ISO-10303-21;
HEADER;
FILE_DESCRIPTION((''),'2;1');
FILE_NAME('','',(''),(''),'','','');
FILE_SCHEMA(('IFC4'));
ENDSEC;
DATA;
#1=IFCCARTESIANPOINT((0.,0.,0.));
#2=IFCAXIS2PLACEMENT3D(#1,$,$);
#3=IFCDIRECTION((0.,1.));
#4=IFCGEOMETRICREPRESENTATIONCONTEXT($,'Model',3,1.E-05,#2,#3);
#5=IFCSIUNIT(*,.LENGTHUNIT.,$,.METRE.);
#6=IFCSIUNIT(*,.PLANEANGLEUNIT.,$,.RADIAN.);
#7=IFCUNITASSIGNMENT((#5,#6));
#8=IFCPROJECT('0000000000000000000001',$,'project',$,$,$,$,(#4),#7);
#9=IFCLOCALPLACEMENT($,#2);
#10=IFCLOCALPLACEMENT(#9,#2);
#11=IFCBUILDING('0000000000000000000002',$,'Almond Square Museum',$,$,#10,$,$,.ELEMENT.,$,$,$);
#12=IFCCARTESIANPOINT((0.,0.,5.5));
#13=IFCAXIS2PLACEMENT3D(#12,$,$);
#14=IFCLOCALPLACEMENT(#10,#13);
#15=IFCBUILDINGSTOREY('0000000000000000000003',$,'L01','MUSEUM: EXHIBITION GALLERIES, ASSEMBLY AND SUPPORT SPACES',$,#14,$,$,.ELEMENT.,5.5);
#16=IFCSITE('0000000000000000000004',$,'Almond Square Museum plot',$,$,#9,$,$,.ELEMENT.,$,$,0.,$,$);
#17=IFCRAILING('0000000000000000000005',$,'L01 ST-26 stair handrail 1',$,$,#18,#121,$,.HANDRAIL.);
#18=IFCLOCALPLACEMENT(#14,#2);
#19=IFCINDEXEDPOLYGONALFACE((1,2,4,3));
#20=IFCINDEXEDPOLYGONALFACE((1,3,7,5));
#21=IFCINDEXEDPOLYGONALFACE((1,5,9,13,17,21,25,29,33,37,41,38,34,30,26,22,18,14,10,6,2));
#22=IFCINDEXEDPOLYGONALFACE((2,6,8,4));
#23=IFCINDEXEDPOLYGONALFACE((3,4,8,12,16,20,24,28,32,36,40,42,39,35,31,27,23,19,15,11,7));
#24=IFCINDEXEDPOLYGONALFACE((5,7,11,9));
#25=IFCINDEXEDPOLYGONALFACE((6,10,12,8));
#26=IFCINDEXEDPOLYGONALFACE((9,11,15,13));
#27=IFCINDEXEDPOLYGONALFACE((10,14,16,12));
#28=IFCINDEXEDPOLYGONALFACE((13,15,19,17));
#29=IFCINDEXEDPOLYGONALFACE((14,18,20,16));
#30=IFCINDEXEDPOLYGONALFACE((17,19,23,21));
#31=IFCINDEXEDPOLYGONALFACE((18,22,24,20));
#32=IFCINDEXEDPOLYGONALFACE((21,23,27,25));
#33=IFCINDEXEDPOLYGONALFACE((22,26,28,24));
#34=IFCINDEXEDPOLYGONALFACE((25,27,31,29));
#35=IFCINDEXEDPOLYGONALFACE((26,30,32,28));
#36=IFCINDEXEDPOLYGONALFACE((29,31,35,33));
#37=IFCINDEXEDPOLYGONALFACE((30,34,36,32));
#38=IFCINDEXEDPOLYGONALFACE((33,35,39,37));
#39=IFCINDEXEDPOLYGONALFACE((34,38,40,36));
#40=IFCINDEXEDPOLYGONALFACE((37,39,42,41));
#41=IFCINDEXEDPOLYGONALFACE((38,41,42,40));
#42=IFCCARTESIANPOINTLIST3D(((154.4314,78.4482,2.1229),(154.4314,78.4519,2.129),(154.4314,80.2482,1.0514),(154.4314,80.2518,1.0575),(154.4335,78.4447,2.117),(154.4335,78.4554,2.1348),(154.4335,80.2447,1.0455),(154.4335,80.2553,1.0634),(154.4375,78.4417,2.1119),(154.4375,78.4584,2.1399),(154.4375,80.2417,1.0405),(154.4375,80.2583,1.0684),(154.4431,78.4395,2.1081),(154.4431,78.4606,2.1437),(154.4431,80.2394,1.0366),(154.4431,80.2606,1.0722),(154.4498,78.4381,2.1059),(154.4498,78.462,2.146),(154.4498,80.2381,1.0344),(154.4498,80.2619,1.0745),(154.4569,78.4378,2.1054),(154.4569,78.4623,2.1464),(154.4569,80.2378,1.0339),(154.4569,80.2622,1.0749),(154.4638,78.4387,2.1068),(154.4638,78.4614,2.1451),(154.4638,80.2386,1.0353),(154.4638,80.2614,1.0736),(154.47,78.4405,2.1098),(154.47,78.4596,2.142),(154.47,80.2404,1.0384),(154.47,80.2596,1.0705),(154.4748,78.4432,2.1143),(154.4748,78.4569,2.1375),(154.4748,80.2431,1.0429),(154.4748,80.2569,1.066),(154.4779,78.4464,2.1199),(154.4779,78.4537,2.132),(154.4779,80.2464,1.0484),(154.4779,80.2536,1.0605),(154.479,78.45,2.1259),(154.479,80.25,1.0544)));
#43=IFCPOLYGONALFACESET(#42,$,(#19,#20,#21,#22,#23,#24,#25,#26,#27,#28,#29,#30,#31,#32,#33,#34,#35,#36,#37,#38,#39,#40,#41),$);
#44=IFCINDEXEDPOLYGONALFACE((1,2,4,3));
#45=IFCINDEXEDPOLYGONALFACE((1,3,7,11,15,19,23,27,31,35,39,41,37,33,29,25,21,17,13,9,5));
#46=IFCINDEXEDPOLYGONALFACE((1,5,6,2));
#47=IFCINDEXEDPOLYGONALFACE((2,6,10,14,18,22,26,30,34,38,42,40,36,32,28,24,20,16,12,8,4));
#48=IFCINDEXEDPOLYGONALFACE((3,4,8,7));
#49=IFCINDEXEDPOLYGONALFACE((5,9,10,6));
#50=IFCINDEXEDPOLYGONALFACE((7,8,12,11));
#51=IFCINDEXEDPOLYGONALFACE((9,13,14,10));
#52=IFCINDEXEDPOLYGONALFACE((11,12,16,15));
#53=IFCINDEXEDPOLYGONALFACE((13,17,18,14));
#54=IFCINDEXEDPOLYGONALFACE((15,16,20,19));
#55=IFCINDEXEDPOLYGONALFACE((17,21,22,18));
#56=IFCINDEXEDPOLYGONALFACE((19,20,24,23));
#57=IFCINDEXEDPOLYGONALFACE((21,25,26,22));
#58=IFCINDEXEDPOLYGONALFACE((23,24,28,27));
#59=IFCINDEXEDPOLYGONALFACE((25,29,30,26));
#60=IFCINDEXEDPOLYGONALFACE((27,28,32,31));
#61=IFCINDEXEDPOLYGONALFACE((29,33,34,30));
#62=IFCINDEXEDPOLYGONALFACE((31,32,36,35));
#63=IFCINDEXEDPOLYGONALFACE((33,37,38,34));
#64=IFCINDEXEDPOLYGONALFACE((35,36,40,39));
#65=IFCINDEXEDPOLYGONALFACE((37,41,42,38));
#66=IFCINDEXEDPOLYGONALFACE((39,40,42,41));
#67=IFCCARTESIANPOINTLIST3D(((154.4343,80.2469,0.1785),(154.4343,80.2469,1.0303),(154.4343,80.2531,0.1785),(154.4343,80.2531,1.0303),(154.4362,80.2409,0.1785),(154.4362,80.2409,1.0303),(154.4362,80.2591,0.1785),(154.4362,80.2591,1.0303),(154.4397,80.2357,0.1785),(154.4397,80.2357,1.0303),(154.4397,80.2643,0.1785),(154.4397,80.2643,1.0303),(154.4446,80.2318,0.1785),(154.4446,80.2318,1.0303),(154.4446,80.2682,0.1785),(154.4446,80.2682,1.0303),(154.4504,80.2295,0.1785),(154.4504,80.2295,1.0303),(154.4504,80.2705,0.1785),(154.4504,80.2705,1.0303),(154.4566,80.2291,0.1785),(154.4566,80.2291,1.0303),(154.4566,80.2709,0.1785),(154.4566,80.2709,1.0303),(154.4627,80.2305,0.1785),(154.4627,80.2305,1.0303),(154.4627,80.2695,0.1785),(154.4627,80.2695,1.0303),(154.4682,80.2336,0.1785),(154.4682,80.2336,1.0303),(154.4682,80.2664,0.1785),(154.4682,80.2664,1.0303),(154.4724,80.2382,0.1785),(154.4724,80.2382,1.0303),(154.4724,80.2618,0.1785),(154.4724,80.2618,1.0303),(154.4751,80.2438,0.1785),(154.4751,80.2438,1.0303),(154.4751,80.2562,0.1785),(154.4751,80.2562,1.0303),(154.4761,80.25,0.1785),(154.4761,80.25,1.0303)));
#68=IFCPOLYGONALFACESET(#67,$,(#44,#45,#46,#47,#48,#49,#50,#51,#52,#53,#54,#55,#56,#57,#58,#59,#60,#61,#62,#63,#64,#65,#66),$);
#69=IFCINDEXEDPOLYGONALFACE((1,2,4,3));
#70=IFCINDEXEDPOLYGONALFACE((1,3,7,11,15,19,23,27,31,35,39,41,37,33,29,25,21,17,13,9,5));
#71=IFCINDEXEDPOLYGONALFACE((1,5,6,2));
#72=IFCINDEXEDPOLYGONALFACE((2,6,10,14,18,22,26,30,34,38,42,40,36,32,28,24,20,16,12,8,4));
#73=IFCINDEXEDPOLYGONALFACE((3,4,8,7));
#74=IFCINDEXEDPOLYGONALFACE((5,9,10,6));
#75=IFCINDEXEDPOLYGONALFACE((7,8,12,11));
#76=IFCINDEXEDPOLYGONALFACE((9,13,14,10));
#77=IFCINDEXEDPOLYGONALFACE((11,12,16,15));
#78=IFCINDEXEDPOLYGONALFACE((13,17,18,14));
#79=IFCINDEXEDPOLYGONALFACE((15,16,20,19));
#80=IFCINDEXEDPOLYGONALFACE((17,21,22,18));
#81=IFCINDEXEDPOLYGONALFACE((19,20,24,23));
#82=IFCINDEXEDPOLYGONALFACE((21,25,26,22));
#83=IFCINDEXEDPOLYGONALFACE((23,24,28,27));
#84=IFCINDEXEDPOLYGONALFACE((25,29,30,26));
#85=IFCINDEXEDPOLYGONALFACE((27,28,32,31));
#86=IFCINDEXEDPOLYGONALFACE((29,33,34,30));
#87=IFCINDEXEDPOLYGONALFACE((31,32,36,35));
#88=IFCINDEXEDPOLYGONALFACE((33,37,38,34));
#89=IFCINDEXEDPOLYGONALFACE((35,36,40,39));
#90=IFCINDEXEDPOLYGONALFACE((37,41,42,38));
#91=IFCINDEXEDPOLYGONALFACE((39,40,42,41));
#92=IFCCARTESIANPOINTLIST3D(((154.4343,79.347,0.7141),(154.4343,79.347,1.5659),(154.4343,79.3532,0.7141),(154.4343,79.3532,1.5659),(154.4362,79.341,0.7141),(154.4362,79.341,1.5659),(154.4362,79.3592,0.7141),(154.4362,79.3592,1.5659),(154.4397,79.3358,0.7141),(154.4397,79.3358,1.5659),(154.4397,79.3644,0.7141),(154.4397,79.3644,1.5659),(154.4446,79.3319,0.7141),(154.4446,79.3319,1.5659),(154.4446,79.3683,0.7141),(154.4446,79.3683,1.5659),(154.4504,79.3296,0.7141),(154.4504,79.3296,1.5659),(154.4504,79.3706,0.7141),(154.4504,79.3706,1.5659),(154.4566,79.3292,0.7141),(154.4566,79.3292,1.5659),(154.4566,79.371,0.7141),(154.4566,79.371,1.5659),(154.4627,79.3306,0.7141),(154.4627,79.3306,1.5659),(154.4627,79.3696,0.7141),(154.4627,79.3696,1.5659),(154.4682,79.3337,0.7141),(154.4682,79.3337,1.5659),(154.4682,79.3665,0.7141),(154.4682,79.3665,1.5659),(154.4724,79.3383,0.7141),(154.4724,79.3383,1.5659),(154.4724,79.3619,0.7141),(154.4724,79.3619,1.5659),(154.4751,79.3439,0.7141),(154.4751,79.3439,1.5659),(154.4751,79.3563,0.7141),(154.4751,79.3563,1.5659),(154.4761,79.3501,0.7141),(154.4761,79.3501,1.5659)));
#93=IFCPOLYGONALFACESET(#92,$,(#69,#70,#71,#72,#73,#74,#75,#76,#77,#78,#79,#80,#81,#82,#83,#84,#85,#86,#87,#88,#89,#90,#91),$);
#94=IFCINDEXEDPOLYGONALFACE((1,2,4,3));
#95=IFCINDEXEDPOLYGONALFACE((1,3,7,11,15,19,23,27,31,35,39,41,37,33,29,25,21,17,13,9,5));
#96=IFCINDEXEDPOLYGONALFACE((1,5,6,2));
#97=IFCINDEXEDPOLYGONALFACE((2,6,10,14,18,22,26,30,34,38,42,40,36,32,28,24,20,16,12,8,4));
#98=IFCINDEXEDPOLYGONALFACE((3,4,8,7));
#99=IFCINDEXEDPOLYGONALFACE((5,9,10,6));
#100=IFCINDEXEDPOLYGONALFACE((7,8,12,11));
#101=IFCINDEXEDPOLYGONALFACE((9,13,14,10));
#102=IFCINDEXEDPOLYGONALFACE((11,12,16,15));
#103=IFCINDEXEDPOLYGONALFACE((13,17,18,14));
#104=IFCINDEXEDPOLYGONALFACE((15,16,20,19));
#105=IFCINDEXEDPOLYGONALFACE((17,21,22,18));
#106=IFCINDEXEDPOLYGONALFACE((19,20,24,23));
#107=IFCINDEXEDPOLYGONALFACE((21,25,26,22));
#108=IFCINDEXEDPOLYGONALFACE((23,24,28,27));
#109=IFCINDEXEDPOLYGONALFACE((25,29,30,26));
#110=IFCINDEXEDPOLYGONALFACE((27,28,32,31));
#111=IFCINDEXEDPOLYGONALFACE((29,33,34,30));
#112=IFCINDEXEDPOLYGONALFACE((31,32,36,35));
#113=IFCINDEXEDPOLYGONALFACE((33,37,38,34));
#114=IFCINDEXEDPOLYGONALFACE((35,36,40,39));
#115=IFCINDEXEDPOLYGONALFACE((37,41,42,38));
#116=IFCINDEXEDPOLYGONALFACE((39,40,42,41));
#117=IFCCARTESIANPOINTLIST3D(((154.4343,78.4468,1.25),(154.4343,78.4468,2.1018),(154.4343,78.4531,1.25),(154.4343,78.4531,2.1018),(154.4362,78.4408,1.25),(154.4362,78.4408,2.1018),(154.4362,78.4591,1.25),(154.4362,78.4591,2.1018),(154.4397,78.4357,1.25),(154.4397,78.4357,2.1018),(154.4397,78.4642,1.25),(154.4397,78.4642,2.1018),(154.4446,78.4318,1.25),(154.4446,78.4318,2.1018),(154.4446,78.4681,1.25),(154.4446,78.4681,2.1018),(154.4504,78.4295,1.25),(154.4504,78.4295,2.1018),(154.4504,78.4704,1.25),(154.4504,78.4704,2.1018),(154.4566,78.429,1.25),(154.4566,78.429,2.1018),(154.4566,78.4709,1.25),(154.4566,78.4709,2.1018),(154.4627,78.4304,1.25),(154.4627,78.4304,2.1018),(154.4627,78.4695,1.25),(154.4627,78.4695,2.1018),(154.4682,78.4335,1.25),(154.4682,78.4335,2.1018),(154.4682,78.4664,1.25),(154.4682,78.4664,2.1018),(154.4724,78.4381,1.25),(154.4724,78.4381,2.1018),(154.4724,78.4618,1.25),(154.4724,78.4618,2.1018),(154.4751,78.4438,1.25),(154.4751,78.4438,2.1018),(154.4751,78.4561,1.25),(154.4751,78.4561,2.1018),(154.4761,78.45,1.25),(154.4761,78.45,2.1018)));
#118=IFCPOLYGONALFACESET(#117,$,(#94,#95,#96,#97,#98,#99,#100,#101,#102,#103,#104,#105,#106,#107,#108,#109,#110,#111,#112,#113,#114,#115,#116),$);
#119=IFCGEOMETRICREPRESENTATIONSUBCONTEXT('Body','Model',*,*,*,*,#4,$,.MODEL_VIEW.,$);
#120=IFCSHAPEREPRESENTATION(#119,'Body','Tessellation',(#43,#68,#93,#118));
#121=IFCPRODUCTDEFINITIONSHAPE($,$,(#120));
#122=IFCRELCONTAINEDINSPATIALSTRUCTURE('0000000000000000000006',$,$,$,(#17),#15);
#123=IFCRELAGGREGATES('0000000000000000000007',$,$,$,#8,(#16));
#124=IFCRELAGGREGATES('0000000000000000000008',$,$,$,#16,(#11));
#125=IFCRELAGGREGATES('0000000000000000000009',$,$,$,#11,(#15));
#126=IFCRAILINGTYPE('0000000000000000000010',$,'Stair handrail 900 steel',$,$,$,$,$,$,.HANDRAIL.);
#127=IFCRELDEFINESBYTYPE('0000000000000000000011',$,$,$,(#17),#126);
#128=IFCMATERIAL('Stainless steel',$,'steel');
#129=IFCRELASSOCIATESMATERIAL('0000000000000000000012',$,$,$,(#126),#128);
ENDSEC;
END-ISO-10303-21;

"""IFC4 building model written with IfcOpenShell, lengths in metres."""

from ifc_helpers import new_model, si_unit, direction, frame, origin, origin_2d, place, context, subcontext, project, spatial, circle, extrude, material, type_object, element, save


model = new_model("IFC4")

# Units and contexts
model_context = context("Model", 3, precision=1e-05, world=origin(), true_north=direction((0.0, 1.0)))
body_context = subcontext(model_context, "Body", "Model", "MODEL_VIEW")
ifc_project = project(units=[si_unit("LENGTHUNIT", "METRE"), si_unit("PLANEANGLEUNIT", "RADIAN")], contexts=[model_context])

# Site, building, storey
site_placement = place(None, origin())
site = spatial("IfcSite", under=ifc_project, at=site_placement, Name="Almond Square Museum plot", CompositionType="ELEMENT", RefElevation=0.0)
building_placement = place(site_placement, origin())
building = spatial("IfcBuilding", under=site, at=building_placement, Name="Almond Square Museum", CompositionType="ELEMENT")
storey_placement = place(building_placement, frame((0.0, 0.0, 5.5)))
storey = spatial("IfcBuildingStorey", under=building, at=storey_placement, Name="L01", Description="MUSEUM: EXHIBITION GALLERIES, ASSEMBLY AND SUPPORT SPACES", CompositionType="ELEMENT", Elevation=5.5)

# Railing
ifc_material_1 = material(Name="Stainless steel", Category="steel")
railing_type_1 = type_object("IfcRailingType", Name="Stair handrail 900 steel", PredefinedType="HANDRAIL", material=ifc_material_1)
railing_1_placement = place(storey_placement, frame((154.4551, 80.25, 0.1785)))
element("IfcRailing", 1, at=railing_1_placement, inside=storey, type_object=railing_type_1, Name="L01 ST-26 stair handrail 1", PredefinedType="HANDRAIL", context=body_context, shape_type="SweptSolid", body=[
    extrude(circle(Radius=0.0239, at=origin_2d()), frame((0.0, 0.0, 0.876), z_axis=(0.0, -0.859277, 0.51151), x_axis=(1.0, 0.0, 0.0)), (0.0, 0.0, 1.0), 2.0947),
    extrude(circle(Radius=0.021, at=origin_2d()), origin(), (0.0, 0.0, 1.0), 0.8518),
    extrude(circle(Radius=0.021, at=origin_2d()), frame((0.0, -0.8999, 0.5356)), (0.0, 0.0, 1.0), 0.8518),
    extrude(circle(Radius=0.021, at=origin_2d()), frame((0.0, -1.8, 1.0715)), (0.0, 0.0, 1.0), 0.8518),
])

save(model, "model.ifc")
